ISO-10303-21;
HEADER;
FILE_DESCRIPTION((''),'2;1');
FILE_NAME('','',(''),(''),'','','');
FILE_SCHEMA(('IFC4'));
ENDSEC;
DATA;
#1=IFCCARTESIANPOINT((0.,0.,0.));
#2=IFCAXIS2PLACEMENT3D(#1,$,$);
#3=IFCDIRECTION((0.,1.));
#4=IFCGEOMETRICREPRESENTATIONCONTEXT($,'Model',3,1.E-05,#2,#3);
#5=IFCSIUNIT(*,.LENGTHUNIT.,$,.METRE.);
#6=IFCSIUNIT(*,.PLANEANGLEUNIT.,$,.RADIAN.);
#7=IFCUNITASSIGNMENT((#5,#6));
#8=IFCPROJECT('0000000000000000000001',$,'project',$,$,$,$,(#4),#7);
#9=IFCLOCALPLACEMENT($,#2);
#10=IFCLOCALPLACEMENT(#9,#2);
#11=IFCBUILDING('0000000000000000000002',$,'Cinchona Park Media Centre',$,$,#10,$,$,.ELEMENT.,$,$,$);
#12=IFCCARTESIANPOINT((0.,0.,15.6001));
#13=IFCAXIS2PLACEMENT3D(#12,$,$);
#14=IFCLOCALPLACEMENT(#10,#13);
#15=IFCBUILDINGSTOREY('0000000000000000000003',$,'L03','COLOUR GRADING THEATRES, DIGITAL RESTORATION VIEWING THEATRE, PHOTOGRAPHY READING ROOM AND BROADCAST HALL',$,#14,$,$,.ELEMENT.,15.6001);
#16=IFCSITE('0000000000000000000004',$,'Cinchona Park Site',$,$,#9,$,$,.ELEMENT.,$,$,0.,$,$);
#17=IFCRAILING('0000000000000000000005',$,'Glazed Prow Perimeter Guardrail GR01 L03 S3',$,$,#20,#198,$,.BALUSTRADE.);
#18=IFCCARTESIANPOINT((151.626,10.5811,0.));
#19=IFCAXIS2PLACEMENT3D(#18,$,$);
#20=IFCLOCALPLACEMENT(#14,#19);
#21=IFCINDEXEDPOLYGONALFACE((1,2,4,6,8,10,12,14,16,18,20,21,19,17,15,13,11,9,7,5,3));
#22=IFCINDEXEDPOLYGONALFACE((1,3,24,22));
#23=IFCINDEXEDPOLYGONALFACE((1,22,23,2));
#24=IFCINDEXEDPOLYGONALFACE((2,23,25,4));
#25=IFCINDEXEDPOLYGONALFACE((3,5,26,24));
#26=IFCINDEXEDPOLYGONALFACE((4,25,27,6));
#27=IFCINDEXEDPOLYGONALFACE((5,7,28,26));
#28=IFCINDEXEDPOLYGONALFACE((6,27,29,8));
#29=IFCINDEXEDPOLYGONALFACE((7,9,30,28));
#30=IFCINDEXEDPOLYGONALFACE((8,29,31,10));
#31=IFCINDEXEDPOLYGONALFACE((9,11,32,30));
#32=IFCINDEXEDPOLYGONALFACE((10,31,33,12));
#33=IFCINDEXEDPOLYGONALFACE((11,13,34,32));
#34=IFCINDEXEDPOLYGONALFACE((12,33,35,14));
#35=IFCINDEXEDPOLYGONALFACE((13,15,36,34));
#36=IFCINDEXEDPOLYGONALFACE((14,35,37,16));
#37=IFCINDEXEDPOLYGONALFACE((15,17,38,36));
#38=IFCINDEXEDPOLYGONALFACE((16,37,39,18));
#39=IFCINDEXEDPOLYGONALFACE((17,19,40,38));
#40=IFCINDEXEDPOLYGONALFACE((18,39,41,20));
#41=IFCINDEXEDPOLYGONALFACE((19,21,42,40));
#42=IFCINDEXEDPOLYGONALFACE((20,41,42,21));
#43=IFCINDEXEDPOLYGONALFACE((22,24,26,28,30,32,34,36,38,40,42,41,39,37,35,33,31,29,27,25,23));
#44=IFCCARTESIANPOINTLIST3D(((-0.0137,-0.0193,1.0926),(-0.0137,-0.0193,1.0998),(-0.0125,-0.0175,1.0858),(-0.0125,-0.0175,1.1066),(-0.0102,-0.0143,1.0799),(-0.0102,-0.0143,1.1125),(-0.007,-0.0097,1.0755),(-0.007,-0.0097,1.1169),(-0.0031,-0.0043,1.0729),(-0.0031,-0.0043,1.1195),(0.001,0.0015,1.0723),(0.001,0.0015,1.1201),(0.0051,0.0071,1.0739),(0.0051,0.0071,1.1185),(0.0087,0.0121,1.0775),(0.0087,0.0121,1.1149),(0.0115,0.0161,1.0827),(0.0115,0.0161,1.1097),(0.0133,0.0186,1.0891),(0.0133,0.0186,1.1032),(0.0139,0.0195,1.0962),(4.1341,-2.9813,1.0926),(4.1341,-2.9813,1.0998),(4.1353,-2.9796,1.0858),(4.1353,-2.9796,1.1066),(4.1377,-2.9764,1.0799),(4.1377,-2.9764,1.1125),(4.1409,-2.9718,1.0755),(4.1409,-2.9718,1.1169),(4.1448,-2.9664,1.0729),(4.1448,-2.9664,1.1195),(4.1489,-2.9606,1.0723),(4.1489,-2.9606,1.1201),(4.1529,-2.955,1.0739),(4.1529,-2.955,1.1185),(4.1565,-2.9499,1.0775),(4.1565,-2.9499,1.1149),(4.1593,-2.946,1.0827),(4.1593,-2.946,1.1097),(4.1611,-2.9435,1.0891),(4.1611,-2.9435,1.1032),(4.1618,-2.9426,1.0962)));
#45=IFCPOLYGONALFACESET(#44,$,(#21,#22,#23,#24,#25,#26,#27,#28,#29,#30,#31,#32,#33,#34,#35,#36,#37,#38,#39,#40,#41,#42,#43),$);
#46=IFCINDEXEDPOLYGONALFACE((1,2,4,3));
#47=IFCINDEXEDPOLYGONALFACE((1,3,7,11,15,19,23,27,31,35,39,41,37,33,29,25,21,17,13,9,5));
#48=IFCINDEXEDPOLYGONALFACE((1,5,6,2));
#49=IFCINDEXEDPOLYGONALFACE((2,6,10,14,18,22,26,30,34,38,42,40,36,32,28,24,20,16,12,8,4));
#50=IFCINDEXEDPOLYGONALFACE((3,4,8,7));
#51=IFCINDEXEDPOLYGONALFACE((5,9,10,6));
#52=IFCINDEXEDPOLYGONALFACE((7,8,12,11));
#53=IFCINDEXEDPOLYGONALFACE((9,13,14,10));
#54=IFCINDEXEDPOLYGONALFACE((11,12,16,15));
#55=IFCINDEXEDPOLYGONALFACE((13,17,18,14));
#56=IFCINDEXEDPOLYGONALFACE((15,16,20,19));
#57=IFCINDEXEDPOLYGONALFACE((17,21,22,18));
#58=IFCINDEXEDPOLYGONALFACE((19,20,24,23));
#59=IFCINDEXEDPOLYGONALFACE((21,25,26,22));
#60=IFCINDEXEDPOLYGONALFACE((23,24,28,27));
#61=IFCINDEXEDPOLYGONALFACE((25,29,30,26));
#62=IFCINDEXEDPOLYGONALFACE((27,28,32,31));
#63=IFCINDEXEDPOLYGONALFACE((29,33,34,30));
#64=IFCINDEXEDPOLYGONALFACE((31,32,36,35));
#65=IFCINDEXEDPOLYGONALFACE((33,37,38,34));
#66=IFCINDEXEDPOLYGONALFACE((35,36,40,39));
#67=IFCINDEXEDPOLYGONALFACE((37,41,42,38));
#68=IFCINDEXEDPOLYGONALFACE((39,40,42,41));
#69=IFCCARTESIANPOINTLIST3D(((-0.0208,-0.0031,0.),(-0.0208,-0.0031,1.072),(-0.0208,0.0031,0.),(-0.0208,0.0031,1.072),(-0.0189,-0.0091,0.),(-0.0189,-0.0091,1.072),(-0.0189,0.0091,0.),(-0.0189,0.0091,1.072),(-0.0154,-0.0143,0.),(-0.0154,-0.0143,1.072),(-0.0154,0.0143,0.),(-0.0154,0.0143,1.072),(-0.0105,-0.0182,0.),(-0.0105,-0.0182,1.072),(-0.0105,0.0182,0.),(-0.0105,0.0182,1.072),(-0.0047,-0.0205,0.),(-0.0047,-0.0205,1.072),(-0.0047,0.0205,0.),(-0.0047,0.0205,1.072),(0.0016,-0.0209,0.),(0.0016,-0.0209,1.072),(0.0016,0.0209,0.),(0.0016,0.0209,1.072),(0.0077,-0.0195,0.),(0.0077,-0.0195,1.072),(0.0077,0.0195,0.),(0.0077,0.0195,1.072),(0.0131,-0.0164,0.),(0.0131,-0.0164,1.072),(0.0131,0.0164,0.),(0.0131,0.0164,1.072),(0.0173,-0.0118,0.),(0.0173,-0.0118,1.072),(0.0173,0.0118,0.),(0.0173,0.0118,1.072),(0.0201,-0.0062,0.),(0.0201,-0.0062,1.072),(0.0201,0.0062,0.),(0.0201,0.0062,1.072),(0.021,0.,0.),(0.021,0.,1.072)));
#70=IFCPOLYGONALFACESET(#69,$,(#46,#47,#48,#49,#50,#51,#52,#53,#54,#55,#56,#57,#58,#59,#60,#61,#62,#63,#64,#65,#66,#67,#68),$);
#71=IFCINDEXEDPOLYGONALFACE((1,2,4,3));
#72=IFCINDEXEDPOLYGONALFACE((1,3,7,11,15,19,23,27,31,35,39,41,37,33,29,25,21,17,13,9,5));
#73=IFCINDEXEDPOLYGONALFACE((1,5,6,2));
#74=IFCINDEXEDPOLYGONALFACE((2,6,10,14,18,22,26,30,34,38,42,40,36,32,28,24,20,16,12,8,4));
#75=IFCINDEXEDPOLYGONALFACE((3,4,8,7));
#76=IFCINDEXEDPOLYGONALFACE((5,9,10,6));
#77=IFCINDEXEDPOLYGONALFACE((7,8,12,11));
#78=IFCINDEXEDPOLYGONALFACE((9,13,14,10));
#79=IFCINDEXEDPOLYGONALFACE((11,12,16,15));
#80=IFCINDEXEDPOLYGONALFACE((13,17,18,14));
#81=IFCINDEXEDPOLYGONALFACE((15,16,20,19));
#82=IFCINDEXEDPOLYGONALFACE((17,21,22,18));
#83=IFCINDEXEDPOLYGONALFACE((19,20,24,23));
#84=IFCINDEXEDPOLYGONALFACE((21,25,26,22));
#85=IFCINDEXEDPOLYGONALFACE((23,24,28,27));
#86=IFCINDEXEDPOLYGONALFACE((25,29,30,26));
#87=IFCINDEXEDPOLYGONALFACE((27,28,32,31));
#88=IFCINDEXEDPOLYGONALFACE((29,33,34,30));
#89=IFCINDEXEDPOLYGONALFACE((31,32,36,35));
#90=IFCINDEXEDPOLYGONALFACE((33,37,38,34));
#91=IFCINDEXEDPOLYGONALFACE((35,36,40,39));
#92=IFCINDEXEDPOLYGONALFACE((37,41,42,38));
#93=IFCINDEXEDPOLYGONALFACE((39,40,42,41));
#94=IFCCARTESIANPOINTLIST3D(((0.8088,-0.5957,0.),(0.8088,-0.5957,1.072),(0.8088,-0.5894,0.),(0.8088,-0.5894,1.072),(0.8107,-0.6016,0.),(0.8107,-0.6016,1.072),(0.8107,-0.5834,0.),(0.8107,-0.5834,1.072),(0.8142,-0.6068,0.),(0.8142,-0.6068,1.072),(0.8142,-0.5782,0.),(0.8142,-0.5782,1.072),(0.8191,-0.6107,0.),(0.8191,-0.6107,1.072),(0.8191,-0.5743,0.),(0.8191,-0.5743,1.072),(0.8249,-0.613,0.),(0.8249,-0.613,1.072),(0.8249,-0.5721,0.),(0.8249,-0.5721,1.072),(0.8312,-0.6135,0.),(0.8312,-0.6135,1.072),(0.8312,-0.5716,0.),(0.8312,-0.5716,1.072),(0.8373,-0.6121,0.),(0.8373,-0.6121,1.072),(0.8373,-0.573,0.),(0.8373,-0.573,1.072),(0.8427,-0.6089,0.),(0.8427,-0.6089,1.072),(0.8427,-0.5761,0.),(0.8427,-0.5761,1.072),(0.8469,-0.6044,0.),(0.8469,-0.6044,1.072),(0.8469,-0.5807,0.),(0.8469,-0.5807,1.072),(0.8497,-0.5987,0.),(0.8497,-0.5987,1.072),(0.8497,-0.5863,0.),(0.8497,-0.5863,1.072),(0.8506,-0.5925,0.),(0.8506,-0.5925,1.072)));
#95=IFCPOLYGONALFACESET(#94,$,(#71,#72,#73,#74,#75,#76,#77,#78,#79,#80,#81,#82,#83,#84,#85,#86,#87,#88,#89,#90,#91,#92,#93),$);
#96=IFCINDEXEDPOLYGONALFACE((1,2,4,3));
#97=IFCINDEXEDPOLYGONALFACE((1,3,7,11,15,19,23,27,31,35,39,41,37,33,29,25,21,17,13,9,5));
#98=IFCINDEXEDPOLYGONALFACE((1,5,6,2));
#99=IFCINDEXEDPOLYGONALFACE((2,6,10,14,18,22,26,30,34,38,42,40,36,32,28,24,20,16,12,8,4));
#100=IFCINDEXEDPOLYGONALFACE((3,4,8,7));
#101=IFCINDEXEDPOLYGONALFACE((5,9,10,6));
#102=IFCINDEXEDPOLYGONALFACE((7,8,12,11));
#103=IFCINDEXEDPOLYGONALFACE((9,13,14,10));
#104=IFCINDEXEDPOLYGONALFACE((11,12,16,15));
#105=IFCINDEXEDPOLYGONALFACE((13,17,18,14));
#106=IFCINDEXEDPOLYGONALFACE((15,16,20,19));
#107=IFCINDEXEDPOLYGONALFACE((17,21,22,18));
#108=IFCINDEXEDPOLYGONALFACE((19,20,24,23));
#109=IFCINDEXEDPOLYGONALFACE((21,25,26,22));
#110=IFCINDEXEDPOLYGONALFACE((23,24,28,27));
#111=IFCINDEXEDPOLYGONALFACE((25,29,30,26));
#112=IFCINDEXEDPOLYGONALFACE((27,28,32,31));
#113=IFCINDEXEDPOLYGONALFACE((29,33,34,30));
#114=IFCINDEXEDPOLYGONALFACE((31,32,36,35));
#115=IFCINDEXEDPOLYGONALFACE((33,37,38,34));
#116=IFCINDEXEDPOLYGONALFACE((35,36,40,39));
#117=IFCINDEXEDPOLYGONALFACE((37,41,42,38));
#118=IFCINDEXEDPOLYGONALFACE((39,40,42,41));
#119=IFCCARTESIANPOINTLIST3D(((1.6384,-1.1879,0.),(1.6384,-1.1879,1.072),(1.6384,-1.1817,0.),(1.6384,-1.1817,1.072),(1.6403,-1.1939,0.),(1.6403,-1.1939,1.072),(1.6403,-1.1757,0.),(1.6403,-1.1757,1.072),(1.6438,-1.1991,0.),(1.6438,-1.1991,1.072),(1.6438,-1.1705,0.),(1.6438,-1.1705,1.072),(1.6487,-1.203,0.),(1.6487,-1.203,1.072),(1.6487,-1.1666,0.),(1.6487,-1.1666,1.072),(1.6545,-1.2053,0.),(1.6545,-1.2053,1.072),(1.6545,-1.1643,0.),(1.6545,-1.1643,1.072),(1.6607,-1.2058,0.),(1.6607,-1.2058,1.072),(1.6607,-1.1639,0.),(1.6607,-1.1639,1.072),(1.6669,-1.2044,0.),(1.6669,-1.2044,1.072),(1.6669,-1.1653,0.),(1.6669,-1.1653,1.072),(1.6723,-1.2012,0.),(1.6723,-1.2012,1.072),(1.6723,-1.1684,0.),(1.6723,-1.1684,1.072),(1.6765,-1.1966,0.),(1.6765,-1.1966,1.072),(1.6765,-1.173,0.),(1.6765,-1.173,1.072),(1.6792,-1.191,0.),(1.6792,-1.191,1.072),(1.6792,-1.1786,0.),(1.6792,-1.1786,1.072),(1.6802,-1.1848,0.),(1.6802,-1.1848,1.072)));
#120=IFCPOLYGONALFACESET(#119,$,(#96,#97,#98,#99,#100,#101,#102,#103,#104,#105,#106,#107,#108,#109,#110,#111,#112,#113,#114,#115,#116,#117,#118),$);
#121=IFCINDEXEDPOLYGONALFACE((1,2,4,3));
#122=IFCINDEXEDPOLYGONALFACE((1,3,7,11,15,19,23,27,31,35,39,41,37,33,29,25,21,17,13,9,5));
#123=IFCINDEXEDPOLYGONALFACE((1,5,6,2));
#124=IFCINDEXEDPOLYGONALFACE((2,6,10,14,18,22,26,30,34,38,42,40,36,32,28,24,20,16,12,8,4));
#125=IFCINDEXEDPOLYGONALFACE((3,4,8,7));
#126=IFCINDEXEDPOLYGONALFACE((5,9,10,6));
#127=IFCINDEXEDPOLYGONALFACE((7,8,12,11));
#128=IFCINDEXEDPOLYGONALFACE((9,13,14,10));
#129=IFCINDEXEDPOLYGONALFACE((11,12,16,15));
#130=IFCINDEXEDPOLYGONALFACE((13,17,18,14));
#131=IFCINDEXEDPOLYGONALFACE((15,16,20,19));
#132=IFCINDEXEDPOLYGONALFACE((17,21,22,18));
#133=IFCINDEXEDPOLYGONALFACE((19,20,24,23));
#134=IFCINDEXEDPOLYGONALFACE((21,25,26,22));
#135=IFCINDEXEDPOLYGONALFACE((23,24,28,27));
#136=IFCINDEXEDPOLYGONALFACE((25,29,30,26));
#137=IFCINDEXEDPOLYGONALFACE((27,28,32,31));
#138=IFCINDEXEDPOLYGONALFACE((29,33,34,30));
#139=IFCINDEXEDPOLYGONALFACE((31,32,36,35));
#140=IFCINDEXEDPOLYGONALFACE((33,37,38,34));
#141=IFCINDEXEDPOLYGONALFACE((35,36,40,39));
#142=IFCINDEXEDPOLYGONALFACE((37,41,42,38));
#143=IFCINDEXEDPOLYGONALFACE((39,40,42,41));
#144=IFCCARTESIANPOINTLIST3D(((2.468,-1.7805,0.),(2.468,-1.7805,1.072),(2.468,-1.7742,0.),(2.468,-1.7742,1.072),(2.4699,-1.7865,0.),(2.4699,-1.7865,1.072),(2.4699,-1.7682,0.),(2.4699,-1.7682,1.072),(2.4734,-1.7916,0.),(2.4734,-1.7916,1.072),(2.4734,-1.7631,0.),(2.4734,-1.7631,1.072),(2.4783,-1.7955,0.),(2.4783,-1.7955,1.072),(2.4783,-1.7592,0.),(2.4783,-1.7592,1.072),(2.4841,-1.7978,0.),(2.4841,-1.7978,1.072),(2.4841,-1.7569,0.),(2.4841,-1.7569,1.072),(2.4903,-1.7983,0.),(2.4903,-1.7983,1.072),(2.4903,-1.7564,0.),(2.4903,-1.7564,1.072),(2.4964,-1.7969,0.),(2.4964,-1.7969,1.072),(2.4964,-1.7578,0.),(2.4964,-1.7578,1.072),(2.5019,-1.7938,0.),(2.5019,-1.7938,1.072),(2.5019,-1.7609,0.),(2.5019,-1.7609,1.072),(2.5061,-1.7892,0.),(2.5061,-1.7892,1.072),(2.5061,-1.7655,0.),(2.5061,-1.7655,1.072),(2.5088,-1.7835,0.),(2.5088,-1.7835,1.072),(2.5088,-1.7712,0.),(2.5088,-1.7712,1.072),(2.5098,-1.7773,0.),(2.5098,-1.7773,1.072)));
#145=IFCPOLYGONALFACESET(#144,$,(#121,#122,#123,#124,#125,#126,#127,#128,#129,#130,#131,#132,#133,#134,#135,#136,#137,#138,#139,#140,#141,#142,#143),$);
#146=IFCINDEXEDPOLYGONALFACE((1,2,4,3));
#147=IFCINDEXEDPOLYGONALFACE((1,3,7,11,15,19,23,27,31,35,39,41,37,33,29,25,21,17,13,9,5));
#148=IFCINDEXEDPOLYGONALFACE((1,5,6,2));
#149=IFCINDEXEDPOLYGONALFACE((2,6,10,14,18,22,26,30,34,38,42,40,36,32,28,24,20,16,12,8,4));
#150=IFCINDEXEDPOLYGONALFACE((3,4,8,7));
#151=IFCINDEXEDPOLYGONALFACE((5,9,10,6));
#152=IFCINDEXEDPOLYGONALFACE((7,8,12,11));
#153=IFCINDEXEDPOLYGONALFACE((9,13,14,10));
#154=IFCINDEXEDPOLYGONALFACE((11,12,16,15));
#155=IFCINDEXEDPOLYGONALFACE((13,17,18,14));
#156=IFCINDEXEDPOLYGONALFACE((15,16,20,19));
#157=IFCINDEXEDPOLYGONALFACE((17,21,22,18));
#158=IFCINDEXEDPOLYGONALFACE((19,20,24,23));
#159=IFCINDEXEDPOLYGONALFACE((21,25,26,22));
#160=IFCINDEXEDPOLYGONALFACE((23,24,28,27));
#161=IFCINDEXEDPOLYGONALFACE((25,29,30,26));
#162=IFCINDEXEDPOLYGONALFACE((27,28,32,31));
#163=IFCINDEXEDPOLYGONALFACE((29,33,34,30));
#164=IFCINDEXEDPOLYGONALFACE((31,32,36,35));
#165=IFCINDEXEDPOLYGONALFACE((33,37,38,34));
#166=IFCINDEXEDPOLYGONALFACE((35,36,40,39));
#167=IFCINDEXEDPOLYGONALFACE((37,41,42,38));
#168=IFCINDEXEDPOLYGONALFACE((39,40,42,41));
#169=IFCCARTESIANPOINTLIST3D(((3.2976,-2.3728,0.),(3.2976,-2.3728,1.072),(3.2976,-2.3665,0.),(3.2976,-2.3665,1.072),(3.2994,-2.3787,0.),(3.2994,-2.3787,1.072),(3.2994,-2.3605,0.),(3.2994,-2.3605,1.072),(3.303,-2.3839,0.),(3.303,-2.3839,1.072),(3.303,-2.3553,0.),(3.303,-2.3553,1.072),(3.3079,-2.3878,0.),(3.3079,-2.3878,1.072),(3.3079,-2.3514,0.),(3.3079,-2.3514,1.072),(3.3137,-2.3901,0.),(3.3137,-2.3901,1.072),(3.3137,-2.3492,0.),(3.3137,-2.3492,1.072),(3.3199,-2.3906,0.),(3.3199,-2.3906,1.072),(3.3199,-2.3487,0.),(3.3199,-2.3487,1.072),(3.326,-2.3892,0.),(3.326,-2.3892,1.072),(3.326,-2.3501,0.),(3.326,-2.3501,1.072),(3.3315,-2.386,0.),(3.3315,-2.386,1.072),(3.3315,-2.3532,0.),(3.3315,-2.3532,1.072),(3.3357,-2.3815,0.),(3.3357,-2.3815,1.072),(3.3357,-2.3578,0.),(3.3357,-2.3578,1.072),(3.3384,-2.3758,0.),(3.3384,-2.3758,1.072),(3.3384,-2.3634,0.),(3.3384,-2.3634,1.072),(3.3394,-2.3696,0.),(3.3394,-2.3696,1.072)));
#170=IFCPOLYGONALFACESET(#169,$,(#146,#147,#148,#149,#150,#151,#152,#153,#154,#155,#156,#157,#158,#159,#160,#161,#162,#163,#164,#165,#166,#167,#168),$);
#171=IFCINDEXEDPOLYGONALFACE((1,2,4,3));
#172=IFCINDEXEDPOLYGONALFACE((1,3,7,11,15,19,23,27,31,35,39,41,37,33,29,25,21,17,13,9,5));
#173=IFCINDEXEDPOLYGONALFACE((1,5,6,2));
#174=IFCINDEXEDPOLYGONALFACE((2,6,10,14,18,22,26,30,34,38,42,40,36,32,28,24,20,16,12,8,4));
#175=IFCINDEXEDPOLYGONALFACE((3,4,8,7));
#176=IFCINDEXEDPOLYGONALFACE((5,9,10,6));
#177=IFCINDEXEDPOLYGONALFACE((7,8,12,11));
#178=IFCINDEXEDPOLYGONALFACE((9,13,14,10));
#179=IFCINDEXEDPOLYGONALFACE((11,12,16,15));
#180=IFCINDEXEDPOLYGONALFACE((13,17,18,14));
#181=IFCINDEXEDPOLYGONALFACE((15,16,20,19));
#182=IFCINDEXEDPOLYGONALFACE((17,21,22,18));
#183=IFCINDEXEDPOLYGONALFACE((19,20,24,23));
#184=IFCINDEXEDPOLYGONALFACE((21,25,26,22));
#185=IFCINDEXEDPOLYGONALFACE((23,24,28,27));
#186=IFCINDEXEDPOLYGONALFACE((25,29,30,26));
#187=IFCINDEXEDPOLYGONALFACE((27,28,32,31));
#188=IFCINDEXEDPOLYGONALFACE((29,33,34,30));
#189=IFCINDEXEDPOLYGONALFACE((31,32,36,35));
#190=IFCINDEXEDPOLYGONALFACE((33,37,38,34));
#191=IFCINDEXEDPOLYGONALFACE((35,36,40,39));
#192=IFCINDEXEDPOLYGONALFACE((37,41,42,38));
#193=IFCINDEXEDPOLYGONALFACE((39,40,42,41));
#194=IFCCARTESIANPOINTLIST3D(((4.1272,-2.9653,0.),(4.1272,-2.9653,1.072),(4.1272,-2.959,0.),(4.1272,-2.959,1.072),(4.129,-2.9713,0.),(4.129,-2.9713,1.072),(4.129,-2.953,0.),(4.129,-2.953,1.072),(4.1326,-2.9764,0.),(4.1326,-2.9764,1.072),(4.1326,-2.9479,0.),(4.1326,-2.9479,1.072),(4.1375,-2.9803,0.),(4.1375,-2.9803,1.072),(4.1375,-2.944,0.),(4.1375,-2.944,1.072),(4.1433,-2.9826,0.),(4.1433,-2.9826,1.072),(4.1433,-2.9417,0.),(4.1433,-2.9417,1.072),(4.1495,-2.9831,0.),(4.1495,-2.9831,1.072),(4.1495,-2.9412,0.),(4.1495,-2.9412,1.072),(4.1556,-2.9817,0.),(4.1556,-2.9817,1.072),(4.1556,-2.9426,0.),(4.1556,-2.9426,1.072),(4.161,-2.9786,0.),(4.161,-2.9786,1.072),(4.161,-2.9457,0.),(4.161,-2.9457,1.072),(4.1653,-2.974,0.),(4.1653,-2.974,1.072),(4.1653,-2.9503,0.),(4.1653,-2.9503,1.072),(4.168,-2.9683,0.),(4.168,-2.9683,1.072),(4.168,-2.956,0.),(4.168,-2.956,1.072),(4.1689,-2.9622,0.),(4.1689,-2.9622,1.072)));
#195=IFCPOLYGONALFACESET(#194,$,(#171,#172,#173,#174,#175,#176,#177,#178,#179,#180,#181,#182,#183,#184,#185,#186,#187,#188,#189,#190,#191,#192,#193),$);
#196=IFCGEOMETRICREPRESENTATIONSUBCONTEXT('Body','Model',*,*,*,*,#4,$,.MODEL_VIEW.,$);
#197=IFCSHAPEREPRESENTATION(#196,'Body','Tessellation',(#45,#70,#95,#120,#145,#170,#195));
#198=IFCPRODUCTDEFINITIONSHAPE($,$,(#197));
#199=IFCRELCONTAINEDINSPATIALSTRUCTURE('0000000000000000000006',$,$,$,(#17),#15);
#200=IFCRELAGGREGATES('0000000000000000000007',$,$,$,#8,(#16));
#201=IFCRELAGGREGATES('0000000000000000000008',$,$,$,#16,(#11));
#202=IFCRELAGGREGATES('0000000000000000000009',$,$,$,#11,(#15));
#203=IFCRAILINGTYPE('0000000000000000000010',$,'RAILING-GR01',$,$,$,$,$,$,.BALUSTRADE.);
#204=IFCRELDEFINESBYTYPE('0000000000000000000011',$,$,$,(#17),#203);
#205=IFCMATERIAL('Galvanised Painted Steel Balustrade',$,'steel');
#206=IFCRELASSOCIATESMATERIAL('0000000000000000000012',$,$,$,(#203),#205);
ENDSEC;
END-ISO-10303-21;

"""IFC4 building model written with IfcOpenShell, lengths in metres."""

from ifc_helpers import new_model, si_unit, direction, frame, origin, origin_2d, place, context, subcontext, project, spatial, circle, extrude, material, type_object, element, save


model = new_model("IFC4")

# Units and contexts
model_context = context("Model", 3, precision=1e-05, world=origin(), true_north=direction((0.0, 1.0)))
body_context = subcontext(model_context, "Body", "Model", "MODEL_VIEW")
ifc_project = project(units=[si_unit("LENGTHUNIT", "METRE"), si_unit("PLANEANGLEUNIT", "RADIAN")], contexts=[model_context])

# Site, building, storey
site_placement = place(None, origin())
site = spatial("IfcSite", under=ifc_project, at=site_placement, Name="Cinchona Park Site", CompositionType="ELEMENT", RefElevation=0.0)
building_placement = place(site_placement, origin())
building = spatial("IfcBuilding", under=site, at=building_placement, Name="Cinchona Park Media Centre", CompositionType="ELEMENT")
storey_placement = place(building_placement, frame((0.0, 0.0, 15.6001)))
storey = spatial("IfcBuildingStorey", under=building, at=storey_placement, Name="L03", Description="COLOUR GRADING THEATRES, DIGITAL RESTORATION VIEWING THEATRE, PHOTOGRAPHY READING ROOM AND BROADCAST HALL", CompositionType="ELEMENT", Elevation=15.6001)

# Railing
ifc_material_1 = material(Name="Galvanised Painted Steel Balustrade", Category="steel")
railing_type = type_object("IfcRailingType", Name="RAILING-GR01", PredefinedType="BALUSTRADE", material=ifc_material_1)
railing_placement = place(storey_placement, frame((151.626, 10.5811, 0.0)))
element("IfcRailing", 1, at=railing_placement, inside=storey, type_object=railing_type, Name="Glazed Prow Perimeter Guardrail GR01 L03 S3", PredefinedType="BALUSTRADE", context=body_context, shape_type="SweptSolid", body=[
    extrude(circle(Radius=0.0239, at=origin_2d()), frame((0.0, 0.0, 1.0962), z_axis=(0.813795, -0.581152, 0.0), x_axis=(0.581152, 0.813795, 0.0)), (0.0, 0.0, 1.0), 5.0969),
    extrude(circle(Radius=0.021, at=origin_2d()), origin(), (0.0, 0.0, 1.0), 1.072),
    extrude(circle(Radius=0.021, at=origin_2d()), frame((0.8296, -0.5925, 0.0)), (0.0, 0.0, 1.0), 1.072),
    extrude(circle(Radius=0.021, at=origin_2d()), frame((1.6592, -1.1848, 0.0)), (0.0, 0.0, 1.0), 1.072),
    extrude(circle(Radius=0.021, at=origin_2d()), frame((2.4888, -1.7773, 0.0)), (0.0, 0.0, 1.0), 1.072),
    extrude(circle(Radius=0.021, at=origin_2d()), frame((3.3184, -2.3696, 0.0)), (0.0, 0.0, 1.0), 1.072),
    extrude(circle(Radius=0.021, at=origin_2d()), frame((4.1479, -2.9622, 0.0)), (0.0, 0.0, 1.0), 1.072),
])

save(model, "model.ifc")
